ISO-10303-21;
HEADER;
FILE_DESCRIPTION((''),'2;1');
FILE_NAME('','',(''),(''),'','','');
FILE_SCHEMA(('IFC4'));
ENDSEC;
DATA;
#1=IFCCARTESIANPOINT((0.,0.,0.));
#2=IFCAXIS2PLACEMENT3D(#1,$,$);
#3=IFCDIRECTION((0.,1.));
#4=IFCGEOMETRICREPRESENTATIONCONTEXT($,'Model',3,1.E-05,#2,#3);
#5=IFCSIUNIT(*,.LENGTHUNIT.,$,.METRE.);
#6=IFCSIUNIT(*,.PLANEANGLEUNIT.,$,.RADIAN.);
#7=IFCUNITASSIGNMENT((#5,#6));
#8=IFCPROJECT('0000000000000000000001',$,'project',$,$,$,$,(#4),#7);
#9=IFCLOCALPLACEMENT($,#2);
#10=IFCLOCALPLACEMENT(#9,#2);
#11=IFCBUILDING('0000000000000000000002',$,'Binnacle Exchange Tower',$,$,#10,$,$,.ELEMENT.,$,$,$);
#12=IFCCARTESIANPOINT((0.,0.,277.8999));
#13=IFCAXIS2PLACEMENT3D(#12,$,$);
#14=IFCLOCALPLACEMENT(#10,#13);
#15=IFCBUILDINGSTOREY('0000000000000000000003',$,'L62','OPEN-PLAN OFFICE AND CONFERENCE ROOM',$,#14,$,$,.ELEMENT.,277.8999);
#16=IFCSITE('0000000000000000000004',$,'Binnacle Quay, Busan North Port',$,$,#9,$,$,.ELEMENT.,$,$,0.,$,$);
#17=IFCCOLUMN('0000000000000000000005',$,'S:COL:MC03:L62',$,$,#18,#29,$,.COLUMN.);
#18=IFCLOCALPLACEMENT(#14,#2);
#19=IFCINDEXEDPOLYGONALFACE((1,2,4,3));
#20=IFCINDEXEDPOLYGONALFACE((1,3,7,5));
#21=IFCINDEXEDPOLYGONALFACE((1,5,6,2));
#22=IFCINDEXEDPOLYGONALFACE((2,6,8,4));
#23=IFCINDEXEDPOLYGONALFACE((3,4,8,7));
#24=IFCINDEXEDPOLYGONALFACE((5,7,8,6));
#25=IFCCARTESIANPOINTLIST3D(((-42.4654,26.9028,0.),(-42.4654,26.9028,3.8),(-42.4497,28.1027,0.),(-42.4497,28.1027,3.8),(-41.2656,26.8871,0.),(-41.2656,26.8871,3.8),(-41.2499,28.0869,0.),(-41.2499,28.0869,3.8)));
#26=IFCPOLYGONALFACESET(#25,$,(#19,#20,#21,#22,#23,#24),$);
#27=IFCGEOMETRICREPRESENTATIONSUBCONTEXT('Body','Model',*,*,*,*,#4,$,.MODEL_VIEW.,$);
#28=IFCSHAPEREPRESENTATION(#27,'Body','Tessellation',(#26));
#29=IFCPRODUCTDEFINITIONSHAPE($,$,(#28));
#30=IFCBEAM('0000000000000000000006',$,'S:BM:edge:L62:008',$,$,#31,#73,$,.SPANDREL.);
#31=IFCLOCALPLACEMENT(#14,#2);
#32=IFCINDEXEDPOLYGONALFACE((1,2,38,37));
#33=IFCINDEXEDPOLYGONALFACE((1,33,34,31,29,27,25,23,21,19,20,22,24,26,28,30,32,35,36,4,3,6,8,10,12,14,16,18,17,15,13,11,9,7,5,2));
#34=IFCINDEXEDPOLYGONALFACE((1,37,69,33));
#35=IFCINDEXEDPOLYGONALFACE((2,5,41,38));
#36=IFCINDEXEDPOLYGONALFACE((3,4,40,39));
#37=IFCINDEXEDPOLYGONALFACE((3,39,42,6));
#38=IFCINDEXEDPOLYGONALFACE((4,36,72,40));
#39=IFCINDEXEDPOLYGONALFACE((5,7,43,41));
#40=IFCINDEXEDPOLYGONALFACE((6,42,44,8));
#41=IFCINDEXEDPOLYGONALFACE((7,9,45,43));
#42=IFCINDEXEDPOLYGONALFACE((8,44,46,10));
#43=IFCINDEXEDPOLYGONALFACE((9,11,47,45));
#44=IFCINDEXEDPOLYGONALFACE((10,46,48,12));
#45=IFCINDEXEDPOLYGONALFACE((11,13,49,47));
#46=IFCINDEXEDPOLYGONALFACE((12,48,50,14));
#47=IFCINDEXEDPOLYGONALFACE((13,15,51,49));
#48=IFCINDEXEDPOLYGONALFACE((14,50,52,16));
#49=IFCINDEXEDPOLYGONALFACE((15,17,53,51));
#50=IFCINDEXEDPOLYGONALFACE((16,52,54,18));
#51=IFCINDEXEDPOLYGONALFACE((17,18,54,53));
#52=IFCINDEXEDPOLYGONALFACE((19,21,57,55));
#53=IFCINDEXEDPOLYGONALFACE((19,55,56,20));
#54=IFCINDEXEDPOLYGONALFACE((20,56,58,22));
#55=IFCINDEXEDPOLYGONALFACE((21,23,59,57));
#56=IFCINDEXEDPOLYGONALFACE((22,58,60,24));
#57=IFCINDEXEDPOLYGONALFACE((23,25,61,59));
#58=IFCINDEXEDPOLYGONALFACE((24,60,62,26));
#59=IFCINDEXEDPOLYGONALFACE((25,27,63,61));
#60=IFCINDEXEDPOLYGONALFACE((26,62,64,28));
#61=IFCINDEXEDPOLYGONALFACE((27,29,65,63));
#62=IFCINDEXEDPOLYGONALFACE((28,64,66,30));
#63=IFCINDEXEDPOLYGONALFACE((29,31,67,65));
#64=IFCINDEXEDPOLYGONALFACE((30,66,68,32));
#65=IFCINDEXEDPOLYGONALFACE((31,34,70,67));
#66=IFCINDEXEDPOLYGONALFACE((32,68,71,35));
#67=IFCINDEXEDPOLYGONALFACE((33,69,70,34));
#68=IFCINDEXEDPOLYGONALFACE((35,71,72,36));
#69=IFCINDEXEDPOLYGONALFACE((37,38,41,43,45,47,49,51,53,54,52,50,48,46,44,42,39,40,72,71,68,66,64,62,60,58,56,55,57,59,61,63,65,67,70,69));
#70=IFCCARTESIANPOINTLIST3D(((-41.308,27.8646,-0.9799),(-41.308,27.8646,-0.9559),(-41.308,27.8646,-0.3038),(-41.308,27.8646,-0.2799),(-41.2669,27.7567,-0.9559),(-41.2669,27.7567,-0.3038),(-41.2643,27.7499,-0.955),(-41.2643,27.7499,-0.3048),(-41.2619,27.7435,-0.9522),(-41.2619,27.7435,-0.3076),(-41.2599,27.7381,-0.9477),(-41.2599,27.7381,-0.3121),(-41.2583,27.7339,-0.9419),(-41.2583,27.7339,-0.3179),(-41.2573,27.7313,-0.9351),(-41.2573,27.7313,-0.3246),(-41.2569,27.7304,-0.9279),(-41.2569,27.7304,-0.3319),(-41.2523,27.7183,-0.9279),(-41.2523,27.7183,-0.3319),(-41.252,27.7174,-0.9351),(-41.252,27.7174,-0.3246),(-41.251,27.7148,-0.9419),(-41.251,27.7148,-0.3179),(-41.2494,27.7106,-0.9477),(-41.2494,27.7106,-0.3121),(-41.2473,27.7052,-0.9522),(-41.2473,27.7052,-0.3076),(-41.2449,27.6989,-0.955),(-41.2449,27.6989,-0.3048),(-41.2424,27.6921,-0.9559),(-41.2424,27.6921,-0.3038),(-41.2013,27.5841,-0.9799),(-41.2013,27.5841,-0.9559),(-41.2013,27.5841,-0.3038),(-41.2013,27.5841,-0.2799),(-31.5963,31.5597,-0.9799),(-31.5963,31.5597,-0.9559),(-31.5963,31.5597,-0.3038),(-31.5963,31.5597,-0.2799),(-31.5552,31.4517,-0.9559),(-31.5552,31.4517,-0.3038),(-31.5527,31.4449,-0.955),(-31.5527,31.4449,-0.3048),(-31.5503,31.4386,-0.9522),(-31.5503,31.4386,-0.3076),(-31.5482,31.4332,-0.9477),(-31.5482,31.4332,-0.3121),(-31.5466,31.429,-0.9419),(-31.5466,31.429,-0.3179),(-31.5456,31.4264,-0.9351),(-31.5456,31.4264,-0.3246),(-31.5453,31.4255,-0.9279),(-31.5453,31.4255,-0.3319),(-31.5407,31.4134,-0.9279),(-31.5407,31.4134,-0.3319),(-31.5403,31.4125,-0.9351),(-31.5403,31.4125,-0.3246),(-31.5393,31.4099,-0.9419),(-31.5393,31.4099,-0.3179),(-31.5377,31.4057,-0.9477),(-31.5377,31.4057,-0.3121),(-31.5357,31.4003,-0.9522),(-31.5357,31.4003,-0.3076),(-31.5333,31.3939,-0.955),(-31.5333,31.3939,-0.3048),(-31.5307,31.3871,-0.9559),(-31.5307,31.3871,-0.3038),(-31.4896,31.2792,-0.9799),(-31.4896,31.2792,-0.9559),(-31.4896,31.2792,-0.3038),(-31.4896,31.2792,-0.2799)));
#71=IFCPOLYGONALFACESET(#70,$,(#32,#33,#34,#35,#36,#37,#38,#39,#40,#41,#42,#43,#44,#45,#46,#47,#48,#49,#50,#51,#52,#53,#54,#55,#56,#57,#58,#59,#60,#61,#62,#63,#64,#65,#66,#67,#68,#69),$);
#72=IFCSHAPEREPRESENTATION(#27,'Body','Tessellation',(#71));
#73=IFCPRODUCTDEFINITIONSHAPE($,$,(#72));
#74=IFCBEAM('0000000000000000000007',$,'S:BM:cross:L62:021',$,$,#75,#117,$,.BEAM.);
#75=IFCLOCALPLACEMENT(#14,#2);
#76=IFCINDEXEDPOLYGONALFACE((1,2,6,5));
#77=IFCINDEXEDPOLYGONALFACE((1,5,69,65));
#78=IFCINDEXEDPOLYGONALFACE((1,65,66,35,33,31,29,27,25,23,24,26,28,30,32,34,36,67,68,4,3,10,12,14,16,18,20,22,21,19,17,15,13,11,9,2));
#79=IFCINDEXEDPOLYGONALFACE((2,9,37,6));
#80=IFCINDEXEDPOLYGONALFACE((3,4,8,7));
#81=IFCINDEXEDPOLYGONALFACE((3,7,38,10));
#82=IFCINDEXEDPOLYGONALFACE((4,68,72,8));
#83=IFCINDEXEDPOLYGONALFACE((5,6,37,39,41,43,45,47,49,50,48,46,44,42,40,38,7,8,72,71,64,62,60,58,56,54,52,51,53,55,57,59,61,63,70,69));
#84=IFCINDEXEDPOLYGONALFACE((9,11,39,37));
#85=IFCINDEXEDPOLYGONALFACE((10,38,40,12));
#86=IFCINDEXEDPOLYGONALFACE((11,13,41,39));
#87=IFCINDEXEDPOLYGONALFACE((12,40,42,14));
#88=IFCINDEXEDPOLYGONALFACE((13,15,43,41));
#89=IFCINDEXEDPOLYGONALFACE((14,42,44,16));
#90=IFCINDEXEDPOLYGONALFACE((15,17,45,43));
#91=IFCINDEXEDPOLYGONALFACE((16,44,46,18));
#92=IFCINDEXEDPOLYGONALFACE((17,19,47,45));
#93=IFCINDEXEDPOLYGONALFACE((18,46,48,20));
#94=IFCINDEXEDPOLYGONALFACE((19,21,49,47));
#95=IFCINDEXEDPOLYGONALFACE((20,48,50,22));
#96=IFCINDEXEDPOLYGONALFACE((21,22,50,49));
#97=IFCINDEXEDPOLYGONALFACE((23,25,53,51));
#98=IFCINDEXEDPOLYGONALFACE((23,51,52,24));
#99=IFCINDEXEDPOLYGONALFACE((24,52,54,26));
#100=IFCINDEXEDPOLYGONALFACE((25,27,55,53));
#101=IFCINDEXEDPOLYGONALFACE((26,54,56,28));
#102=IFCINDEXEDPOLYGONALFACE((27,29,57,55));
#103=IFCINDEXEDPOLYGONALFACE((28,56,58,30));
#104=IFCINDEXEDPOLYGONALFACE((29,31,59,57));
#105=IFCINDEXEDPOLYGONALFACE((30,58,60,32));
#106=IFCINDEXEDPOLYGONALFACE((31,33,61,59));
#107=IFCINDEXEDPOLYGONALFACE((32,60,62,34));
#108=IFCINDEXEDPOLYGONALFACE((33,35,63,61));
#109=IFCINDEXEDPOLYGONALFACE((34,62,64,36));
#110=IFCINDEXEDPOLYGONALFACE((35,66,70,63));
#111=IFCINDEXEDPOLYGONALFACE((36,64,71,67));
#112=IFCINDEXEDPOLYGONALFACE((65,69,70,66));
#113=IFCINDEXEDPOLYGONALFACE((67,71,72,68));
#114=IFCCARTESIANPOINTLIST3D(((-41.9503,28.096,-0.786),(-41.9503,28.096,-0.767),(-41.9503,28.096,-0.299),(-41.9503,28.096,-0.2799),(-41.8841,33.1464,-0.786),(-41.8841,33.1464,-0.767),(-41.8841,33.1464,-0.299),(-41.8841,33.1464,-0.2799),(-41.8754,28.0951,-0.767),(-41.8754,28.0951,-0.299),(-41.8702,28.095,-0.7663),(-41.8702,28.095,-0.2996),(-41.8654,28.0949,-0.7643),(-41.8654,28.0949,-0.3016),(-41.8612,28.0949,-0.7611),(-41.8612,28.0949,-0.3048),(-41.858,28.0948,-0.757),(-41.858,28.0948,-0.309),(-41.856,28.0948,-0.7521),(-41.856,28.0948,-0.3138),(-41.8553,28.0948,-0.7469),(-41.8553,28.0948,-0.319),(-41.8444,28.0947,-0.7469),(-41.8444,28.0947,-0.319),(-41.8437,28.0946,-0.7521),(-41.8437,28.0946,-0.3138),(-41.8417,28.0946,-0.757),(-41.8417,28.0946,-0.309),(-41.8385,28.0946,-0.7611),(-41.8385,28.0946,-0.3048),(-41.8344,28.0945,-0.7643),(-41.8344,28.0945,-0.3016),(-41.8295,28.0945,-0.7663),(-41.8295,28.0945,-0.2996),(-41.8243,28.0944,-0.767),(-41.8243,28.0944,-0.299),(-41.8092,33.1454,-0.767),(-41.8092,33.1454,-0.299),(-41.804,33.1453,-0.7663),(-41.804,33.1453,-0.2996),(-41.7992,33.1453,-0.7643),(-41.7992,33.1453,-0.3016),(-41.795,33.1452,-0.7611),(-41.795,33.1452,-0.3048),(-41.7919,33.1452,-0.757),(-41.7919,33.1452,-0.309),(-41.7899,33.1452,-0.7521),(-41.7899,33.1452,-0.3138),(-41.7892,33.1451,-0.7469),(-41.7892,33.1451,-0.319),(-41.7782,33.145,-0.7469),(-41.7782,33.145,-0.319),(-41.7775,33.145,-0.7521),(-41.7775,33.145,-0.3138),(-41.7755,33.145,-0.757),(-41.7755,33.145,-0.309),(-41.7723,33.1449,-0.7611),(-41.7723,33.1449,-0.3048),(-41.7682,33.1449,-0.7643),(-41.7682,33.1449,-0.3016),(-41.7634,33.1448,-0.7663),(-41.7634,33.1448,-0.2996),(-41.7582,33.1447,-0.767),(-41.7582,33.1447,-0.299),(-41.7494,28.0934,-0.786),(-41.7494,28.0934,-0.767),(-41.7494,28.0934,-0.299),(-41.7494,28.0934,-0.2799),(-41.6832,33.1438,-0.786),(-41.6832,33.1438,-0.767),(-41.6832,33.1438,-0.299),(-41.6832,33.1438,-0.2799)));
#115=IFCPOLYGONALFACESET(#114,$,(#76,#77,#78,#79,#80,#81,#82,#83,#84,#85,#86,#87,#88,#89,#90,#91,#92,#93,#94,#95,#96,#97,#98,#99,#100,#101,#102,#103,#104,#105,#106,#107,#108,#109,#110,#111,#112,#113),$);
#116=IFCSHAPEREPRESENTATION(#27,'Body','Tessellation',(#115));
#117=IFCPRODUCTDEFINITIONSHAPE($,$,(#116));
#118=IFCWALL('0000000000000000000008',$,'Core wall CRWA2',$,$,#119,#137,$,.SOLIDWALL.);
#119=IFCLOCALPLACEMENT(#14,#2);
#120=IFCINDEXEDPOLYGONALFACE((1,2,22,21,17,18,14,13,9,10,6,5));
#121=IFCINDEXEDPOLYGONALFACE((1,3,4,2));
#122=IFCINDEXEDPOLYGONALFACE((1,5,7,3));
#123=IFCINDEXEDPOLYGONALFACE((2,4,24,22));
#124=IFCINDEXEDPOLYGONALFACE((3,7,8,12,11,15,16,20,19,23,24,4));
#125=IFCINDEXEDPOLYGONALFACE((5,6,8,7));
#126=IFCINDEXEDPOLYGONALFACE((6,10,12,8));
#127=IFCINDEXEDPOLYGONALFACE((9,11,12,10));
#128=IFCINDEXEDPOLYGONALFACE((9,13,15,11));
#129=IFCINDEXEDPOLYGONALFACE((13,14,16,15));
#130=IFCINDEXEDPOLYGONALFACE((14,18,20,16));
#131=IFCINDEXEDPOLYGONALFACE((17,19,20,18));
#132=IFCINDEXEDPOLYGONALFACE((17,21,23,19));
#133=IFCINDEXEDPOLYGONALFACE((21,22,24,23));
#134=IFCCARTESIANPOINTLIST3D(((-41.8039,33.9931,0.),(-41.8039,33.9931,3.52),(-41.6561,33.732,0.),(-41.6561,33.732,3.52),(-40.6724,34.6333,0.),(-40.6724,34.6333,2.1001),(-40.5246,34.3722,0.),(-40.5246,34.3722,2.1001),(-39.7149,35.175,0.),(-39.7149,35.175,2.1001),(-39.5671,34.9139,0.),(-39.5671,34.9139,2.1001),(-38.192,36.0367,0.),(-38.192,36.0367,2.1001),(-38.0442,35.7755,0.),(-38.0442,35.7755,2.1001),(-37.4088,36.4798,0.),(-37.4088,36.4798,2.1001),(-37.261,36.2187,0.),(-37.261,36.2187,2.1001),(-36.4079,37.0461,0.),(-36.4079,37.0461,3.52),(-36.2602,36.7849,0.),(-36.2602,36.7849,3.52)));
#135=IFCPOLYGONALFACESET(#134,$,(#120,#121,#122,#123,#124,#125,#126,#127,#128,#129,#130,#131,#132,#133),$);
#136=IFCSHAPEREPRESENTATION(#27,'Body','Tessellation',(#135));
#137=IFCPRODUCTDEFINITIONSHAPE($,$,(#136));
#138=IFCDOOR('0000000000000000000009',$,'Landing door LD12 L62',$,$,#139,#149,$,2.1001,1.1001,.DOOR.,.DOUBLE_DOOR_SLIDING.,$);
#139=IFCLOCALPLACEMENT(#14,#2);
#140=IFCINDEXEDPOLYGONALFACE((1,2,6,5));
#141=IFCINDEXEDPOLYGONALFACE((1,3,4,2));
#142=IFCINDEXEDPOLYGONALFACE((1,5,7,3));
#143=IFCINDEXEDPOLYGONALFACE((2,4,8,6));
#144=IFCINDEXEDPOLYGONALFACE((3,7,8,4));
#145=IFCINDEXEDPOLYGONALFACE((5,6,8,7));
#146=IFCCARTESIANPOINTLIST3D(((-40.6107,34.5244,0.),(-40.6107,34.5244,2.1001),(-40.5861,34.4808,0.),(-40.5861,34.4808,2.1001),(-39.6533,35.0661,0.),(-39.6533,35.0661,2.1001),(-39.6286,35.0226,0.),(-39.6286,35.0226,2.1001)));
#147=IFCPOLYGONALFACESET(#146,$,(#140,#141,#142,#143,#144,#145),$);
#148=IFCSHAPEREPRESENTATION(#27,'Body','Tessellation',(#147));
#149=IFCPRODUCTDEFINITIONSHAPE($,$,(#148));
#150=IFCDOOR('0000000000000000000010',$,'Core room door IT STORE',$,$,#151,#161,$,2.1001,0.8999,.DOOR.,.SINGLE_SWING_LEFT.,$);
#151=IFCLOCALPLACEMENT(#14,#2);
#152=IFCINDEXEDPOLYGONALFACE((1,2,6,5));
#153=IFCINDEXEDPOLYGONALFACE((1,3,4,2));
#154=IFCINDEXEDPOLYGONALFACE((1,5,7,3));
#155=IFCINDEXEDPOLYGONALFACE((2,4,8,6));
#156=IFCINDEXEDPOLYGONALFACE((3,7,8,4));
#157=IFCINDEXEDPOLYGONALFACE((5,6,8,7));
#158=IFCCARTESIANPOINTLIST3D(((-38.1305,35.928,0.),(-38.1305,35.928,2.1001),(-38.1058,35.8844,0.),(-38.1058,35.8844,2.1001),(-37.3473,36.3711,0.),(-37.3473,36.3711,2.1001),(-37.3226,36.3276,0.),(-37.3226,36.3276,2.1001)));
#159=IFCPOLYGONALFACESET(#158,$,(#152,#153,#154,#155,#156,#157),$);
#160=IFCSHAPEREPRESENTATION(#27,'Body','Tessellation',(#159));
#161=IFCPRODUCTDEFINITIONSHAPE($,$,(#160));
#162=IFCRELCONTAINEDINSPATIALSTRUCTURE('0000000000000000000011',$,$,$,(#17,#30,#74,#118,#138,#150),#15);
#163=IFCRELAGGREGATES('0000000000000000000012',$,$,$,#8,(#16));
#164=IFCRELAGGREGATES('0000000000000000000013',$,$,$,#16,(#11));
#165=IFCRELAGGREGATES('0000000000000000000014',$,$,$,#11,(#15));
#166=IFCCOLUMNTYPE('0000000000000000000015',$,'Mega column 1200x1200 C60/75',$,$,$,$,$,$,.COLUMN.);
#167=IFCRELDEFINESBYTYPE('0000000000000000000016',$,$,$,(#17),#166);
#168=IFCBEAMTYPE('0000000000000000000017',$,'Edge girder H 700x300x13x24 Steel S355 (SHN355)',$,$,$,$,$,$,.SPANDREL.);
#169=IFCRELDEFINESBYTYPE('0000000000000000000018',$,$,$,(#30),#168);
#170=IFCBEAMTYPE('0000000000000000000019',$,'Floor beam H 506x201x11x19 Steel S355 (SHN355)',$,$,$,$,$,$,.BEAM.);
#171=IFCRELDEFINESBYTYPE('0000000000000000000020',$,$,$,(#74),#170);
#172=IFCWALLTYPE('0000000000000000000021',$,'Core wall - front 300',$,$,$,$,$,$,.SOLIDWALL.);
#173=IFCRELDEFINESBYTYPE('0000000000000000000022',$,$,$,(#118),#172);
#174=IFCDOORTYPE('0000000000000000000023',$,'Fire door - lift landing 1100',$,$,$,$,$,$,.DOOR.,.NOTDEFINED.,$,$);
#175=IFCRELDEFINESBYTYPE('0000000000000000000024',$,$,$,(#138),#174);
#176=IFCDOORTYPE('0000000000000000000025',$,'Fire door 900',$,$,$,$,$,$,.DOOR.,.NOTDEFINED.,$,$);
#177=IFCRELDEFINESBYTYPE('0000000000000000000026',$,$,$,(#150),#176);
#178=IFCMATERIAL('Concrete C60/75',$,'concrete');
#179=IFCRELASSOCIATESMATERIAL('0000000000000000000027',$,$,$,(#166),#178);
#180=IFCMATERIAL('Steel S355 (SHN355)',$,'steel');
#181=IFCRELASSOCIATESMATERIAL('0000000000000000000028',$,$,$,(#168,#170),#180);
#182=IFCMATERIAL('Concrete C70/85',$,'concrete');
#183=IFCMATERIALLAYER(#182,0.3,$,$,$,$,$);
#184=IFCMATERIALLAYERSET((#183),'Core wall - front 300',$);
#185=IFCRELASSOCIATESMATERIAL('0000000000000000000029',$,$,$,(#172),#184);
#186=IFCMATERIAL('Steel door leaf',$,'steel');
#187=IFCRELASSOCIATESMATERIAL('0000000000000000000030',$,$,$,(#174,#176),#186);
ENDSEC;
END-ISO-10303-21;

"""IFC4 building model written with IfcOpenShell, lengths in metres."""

from ifc_helpers import new_model, si_unit, direction, frame, frame_2d, origin, origin_2d, place, context, subcontext, project, spatial, rectangle, i_section, extrude, material, layer, layer_set, material_profile, profile_set, type_object, element, fill, save


model = new_model("IFC4")

# Units and contexts
model_context = context("Model", 3, precision=1e-05, world=origin(), true_north=direction((0.0, 1.0)))
body_context = subcontext(model_context, "Body", "Model", "MODEL_VIEW")
ifc_project = project(units=[si_unit("LENGTHUNIT", "METRE"), si_unit("PLANEANGLEUNIT", "RADIAN")], contexts=[model_context])

# Site, building, storey
site_placement = place(None, origin())
site = spatial("IfcSite", under=ifc_project, at=site_placement, Name="Binnacle Quay, Busan North Port", CompositionType="ELEMENT", RefElevation=0.0)
building_placement = place(site_placement, origin())
building = spatial("IfcBuilding", under=site, at=building_placement, Name="Binnacle Exchange Tower", CompositionType="ELEMENT")
storey_placement = place(building_placement, frame((0.0, 0.0, 277.8999)))
storey = spatial("IfcBuildingStorey", under=building, at=storey_placement, Name="L62", Description="OPEN-PLAN OFFICE AND CONFERENCE ROOM", CompositionType="ELEMENT", Elevation=277.8999)

# Column
ifc_material_1 = material(Name="Concrete C60/75", Category="concrete")
ifc_material_profile_1 = material_profile(ifc_material_1, rectangle(XDim=1.2, YDim=1.2, at=origin_2d()), Name="Mega column 1200x1200 C60/75")
ifc_profile_set_1 = profile_set([ifc_material_profile_1], Name="Concrete C60/75")
column_type = type_object("IfcColumnType", Name="Mega column 1200x1200 C60/75", PredefinedType="COLUMN", material=ifc_profile_set_1)
column_placement = place(storey_placement, frame((-41.8577, 27.4949, 0.0), z_axis=(0.0, 0.0, 1.0), x_axis=(0.999914, -0.01309, 0.0)))
element("IfcColumn", 1, at=column_placement, inside=storey, type_object=column_type, Name="S:COL:MC03:L62", PredefinedType="COLUMN", context=body_context, shape_type="SweptSolid", body=[
    extrude(rectangle(XDim=1.2, YDim=1.2, at=origin_2d()), origin(), (0.0, 0.0, 1.0), 3.8),
])

# Beams
ifc_material_2 = material(Name="Steel S355 (SHN355)", Category="steel")
ifc_material_profile_2 = material_profile(ifc_material_2, i_section(OverallWidth=0.3, OverallDepth=0.7, WebThickness=0.0129, FlangeThickness=0.0239, FilletRadius=0.0281, at=origin_2d()), Name="H 700x300x13x24")
ifc_profile_set_2 = profile_set([ifc_material_profile_2], Name="Steel S355 (SHN355)")
beam_type_1 = type_object("IfcBeamType", Name="Edge girder H 700x300x13x24 Steel S355 (SHN355)", PredefinedType="SPANDREL", material=ifc_profile_set_2)
beam_1_placement = place(storey_placement, frame((-41.2546, 27.7244, -0.6299), z_axis=(0.934635, 0.355607, 0.0), x_axis=(-0.355607, 0.934635, 0.0)))
element("IfcBeam", 2, at=beam_1_placement, inside=storey, type_object=beam_type_1, Name="S:BM:edge:L62:008", PredefinedType="SPANDREL", context=body_context, shape_type="SweptSolid", body=[
    extrude(i_section(OverallWidth=0.3, OverallDepth=0.7, WebThickness=0.0129, FlangeThickness=0.0239, FilletRadius=0.0281, at=origin_2d()), origin(), (0.0, 0.0, 1.0), 10.3909),
])
ifc_material_profile_3 = material_profile(ifc_material_2, i_section(OverallWidth=0.2009, OverallDepth=0.5061, WebThickness=0.011, FlangeThickness=0.019, FilletRadius=0.02, at=origin_2d()), Name="H 506x201x11x19")
ifc_profile_set_3 = profile_set([ifc_material_profile_3], Name="Steel S355 (SHN355)")
beam_type_2 = type_object("IfcBeamType", Name="Floor beam H 506x201x11x19 Steel S355 (SHN355)", PredefinedType="BEAM", material=ifc_profile_set_3)
beam_2_placement = place(storey_placement, frame((-41.8499, 28.0947, -0.533), z_axis=(0.0131, 0.999914, 0.0), x_axis=(-0.999914, 0.0131, 0.0)))
element("IfcBeam", 3, at=beam_2_placement, inside=storey, type_object=beam_type_2, Name="S:BM:cross:L62:021", PredefinedType="BEAM", context=body_context, shape_type="SweptSolid", body=[
    extrude(i_section(OverallWidth=0.2009, OverallDepth=0.5061, WebThickness=0.011, FlangeThickness=0.019, FilletRadius=0.02, at=origin_2d()), origin(), (0.0, 0.0, 1.0), 5.0508),
])

# Wall, openings, doors
ifc_material_3 = material(Name="Concrete C70/85", Category="concrete")
ifc_layer_1 = layer(ifc_material_3, 0.3)
ifc_layer_set_1 = layer_set([ifc_layer_1], Name="Core wall - front 300")
wall_type_1 = type_object("IfcWallType", Name="Core wall - front 300", PredefinedType="SOLIDWALL", material=ifc_layer_set_1)
wall_1_placement = place(storey_placement, frame((-41.73, 33.8625, 0.0), z_axis=(0.0, 0.0, 1.0), x_axis=(0.870351, 0.492432, 0.0)))
wall_1 = element("IfcWall", 4, at=wall_1_placement, inside=storey, type_object=wall_type_1, Name="Core wall CRWA2", PredefinedType="SOLIDWALL", context=body_context, shape_type="SweptSolid", body=[
    extrude(rectangle(XDim=6.1997, YDim=0.3, at=frame_2d((3.0999, 0.0))), origin(), (0.0, 0.0, 1.0), 3.52),
])
opening_1_placement = place(wall_1_placement, frame((1.3, 0.0, 0.0)))
opening_1 = element("IfcOpeningElement", 5, at=opening_1_placement, cuts=wall_1, PredefinedType="OPENING", context=body_context, shape_type="SweptSolid", body=[
    extrude(rectangle(XDim=1.1001, YDim=2.1001, at=frame_2d((0.55, 1.05))), frame((0.0, 0.1599, 0.0), z_axis=(0.0, -1.0, 0.0), x_axis=(1.0, 0.0, 0.0)), (0.0, 0.0, 1.0), 0.3201),
])
opening_2_placement = place(wall_1_placement, frame((4.1499, 0.0, 0.0)))
opening_2 = element("IfcOpeningElement", 6, at=opening_2_placement, cuts=wall_1, PredefinedType="OPENING", context=body_context, shape_type="SweptSolid", body=[
    extrude(rectangle(XDim=0.8999, YDim=2.1001, at=frame_2d((0.45, 1.05))), frame((0.0, 0.1599, 0.0), z_axis=(0.0, -1.0, 0.0), x_axis=(1.0, 0.0, 0.0)), (0.0, 0.0, 1.0), 0.3201),
])
ifc_material_4 = material(Name="Steel door leaf", Category="steel")
door_type_1 = type_object("IfcDoorType", Name="Fire door - lift landing 1100", OperationType="NOTDEFINED", PredefinedType="DOOR", material=ifc_material_4)
door_1_placement = place(opening_1_placement, origin())
door_1 = element("IfcDoor", 7, at=door_1_placement, inside=storey, type_object=door_type_1, Name="Landing door LD12 L62", OperationType="DOUBLE_DOOR_SLIDING", OverallHeight=2.1001, OverallWidth=1.1001, PredefinedType="DOOR", context=body_context, shape_type="SweptSolid", body=[
    extrude(rectangle(XDim=1.1001, YDim=2.1001, at=frame_2d((0.55, 1.05))), frame((0.0, 0.0249, 0.0), z_axis=(0.0, -1.0, 0.0), x_axis=(1.0, 0.0, 0.0)), (0.0, 0.0, 1.0), 0.05),
])
fill(opening_1, door_1)
door_type_2 = type_object("IfcDoorType", Name="Fire door 900", OperationType="NOTDEFINED", PredefinedType="DOOR", material=ifc_material_4)
door_2_placement = place(opening_2_placement, frame((0.8999, 0.0, 0.0), z_axis=(0.0, 0.0, 1.0), x_axis=(-1.0, 0.0, 0.0)))
door_2 = element("IfcDoor", 8, at=door_2_placement, inside=storey, type_object=door_type_2, Name="Core room door IT STORE", OperationType="SINGLE_SWING_LEFT", OverallHeight=2.1001, OverallWidth=0.8999, PredefinedType="DOOR", context=body_context, shape_type="SweptSolid", body=[
    extrude(rectangle(XDim=0.8999, YDim=2.1001, at=frame_2d((0.45, 1.05))), frame((0.0, 0.0249, 0.0), z_axis=(0.0, -1.0, 0.0), x_axis=(1.0, 0.0, 0.0)), (0.0, 0.0, 1.0), 0.05),
])
fill(opening_2, door_2)

save(model, "model.ifc")
